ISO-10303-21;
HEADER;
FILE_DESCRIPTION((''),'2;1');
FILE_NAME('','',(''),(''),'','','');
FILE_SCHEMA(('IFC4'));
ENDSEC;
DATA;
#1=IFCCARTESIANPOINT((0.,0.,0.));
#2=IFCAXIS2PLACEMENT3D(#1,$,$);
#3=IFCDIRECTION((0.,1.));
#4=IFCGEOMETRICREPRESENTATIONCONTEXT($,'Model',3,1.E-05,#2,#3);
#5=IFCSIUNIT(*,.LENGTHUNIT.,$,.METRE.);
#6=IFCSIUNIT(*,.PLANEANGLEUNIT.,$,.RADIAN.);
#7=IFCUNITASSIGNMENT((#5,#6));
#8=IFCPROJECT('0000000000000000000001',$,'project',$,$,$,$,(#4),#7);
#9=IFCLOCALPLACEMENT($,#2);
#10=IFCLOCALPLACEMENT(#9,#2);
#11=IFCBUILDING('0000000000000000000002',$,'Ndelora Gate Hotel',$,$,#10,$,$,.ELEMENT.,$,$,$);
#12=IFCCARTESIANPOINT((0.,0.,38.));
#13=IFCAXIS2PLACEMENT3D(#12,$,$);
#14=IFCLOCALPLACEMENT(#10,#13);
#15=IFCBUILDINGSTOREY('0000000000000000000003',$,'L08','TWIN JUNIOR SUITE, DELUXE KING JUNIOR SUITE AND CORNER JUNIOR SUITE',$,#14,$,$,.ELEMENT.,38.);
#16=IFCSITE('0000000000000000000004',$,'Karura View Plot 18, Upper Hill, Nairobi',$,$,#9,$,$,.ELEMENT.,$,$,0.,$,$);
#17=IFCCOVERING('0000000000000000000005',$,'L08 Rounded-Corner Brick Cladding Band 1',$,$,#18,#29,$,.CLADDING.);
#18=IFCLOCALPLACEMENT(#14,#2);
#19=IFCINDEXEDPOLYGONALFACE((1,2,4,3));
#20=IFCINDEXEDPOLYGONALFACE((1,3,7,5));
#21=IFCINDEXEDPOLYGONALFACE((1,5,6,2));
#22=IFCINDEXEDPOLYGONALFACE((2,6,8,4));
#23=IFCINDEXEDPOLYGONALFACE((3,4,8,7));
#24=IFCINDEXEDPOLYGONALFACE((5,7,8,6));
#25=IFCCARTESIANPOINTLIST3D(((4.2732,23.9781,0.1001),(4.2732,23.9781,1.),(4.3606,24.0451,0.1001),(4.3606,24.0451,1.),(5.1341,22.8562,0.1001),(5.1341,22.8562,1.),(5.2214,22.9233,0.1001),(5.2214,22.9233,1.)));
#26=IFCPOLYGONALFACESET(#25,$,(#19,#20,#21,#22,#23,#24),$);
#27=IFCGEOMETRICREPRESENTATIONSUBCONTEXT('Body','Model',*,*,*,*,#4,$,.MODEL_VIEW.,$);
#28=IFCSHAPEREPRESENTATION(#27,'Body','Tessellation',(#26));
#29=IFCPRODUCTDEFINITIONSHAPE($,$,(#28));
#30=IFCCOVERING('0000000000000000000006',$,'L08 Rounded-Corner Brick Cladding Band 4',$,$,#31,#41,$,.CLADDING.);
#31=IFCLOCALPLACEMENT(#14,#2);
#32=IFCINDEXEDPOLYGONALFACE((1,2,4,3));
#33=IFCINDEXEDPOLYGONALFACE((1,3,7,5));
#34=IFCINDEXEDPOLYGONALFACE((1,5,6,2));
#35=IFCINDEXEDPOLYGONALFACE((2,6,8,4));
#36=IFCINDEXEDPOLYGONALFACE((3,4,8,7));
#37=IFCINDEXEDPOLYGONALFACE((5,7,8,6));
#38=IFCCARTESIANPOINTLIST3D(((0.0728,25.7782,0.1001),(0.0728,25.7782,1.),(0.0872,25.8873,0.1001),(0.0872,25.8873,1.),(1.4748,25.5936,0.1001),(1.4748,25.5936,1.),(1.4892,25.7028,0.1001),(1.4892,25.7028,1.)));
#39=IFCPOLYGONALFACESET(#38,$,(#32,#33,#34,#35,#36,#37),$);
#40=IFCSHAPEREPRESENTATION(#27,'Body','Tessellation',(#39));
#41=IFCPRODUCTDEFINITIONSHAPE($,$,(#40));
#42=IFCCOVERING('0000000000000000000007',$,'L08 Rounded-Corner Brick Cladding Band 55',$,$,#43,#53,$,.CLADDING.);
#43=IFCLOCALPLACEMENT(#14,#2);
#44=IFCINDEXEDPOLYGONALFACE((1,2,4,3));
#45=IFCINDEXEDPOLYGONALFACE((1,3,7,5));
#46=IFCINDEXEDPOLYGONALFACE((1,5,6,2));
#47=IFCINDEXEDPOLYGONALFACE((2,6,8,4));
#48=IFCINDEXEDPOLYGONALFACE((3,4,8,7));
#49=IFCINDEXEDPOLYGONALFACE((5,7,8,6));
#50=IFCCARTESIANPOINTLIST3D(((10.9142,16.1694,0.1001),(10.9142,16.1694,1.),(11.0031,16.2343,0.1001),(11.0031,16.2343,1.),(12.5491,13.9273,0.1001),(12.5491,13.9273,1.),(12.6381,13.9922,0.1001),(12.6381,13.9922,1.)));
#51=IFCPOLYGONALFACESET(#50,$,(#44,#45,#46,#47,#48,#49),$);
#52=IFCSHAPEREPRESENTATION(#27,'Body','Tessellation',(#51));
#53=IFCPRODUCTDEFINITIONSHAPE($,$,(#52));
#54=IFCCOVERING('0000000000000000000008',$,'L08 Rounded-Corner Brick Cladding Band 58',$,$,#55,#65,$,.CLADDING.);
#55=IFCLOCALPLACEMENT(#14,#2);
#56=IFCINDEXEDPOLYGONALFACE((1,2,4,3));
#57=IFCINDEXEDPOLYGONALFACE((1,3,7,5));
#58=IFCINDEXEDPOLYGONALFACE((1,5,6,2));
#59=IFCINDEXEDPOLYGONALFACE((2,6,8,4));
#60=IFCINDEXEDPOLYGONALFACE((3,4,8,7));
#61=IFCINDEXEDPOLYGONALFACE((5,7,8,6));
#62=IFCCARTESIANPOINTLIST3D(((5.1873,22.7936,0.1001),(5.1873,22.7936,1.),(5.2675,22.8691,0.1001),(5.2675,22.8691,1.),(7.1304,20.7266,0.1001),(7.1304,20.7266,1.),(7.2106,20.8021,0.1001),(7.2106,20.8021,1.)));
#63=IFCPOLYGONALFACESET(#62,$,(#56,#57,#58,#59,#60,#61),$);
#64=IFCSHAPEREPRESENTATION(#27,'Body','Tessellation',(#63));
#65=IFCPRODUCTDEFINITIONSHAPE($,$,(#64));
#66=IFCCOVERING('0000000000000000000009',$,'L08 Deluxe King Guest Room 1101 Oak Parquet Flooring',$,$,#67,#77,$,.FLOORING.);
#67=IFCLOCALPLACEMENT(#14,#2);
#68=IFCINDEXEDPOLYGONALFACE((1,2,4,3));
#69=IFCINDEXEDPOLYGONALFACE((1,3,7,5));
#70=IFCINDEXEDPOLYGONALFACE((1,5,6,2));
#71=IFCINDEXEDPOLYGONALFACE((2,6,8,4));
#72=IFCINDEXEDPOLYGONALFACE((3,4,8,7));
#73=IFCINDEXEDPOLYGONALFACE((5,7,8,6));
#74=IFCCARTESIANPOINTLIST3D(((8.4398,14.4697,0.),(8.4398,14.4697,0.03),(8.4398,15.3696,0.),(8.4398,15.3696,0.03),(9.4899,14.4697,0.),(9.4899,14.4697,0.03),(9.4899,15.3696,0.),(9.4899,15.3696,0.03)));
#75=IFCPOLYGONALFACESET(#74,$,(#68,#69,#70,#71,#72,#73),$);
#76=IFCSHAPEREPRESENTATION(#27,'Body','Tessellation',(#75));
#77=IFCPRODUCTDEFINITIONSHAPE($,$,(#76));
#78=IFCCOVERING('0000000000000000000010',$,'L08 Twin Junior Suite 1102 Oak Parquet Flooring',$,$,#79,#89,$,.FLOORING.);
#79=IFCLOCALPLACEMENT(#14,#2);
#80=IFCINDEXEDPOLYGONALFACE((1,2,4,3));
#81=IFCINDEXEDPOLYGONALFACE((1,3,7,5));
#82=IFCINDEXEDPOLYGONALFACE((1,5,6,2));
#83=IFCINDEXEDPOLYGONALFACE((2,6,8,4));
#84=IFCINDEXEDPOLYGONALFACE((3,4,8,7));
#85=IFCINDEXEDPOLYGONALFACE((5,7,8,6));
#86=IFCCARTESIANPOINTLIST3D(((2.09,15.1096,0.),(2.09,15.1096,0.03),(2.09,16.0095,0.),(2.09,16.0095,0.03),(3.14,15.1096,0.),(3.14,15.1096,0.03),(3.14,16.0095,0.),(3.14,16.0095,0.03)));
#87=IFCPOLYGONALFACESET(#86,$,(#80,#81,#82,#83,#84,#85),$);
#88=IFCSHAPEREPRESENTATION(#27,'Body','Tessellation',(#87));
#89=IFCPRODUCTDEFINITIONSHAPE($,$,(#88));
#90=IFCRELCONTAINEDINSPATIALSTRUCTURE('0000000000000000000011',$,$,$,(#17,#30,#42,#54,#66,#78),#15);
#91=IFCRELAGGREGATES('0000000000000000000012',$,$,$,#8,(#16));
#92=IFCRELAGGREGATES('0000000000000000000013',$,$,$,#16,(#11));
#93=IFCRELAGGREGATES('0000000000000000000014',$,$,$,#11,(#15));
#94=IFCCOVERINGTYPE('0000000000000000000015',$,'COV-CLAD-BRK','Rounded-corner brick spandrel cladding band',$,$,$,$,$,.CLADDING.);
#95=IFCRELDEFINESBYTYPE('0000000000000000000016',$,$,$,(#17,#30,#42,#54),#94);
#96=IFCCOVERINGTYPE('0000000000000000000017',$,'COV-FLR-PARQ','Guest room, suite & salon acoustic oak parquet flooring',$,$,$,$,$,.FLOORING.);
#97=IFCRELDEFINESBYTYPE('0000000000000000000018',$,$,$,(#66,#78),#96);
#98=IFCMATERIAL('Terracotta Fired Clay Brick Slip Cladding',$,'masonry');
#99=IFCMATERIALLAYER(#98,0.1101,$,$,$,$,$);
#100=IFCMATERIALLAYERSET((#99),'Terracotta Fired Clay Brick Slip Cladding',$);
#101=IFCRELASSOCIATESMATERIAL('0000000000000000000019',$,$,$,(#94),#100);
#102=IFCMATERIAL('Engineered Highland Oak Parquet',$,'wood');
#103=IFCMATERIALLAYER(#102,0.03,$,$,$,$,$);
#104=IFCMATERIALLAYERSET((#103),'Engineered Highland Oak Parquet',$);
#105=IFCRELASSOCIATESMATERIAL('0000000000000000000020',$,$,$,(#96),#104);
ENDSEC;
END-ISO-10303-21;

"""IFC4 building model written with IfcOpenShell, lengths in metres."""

from ifc_helpers import new_model, si_unit, direction, frame, origin, origin_2d, place, context, subcontext, project, spatial, rectangle, extrude, material, layer, layer_set, type_object, element, save


model = new_model("IFC4")

# Units and contexts
model_context = context("Model", 3, precision=1e-05, world=origin(), true_north=direction((0.0, 1.0)))
body_context = subcontext(model_context, "Body", "Model", "MODEL_VIEW")
ifc_project = project(units=[si_unit("LENGTHUNIT", "METRE"), si_unit("PLANEANGLEUNIT", "RADIAN")], contexts=[model_context])

# Site, building, storey
site_placement = place(None, origin())
site = spatial("IfcSite", under=ifc_project, at=site_placement, Name="Karura View Plot 18, Upper Hill, Nairobi", CompositionType="ELEMENT", RefElevation=0.0)
building_placement = place(site_placement, origin())
building = spatial("IfcBuilding", under=site, at=building_placement, Name="Ndelora Gate Hotel", CompositionType="ELEMENT")
storey_placement = place(building_placement, frame((0.0, 0.0, 38.0)))
storey = spatial("IfcBuildingStorey", under=building, at=storey_placement, Name="L08", Description="TWIN JUNIOR SUITE, DELUXE KING JUNIOR SUITE AND CORNER JUNIOR SUITE", CompositionType="ELEMENT", Elevation=38.0)

# Coverings
ifc_material_1 = material(Name="Terracotta Fired Clay Brick Slip Cladding", Category="masonry")
ifc_layer_1 = layer(ifc_material_1, 0.1101)
ifc_layer_set_1 = layer_set([ifc_layer_1], Name="Terracotta Fired Clay Brick Slip Cladding")
covering_type_1 = type_object("IfcCoveringType", Name="COV-CLAD-BRK", Description="Rounded-corner brick spandrel cladding band", PredefinedType="CLADDING", material=ifc_layer_set_1)
for number, where, z_axis, x_axis, name in (
    (1, (4.7473, 23.4507, 0.1001), (0.0, 0.0, 1.0), (-0.608761, 0.793353, 0.0), "L08 Rounded-Corner Brick Cladding Band 1"),
    (2, (0.781, 25.7405, 0.1001), (0.0, 0.0, 1.0), (-0.991445, 0.130526, 0.0), "L08 Rounded-Corner Brick Cladding Band 4"),
):
    element("IfcCovering", number, at=place(storey_placement, frame(where, z_axis=z_axis, x_axis=x_axis)), inside=storey, type_object=covering_type_1, Name=name, PredefinedType="CLADDING", context=body_context, shape_type="SweptSolid", body=[
        extrude(rectangle(XDim=1.4141, YDim=0.1101, at=origin_2d()), origin(), (0.0, 0.0, 1.0), 0.8999),
    ])
covering_1_placement = place(storey_placement, frame((11.7761, 15.0808, 0.1001), z_axis=(0.0, 0.0, 1.0), x_axis=(-0.589196, 0.80799, 0.0)))
element("IfcCovering", 3, at=covering_1_placement, inside=storey, type_object=covering_type_1, Name="L08 Rounded-Corner Brick Cladding Band 55", PredefinedType="CLADDING", context=body_context, shape_type="SweptSolid", body=[
    extrude(rectangle(XDim=2.7749, YDim=0.1101, at=origin_2d()), origin(), (0.0, 0.0, 1.0), 0.8999),
])
covering_2_placement = place(storey_placement, frame((6.199, 21.7979, 0.1001), z_axis=(0.0, 0.0, 1.0), x_axis=(-0.684929, 0.72861, 0.0)))
element("IfcCovering", 4, at=covering_2_placement, inside=storey, type_object=covering_type_1, Name="L08 Rounded-Corner Brick Cladding Band 58", PredefinedType="CLADDING", context=body_context, shape_type="SweptSolid", body=[
    extrude(rectangle(XDim=2.8369, YDim=0.1101, at=origin_2d()), origin(), (0.0, 0.0, 1.0), 0.8999),
])
ifc_material_2 = material(Name="Engineered Highland Oak Parquet", Category="wood")
ifc_layer_2 = layer(ifc_material_2, 0.03)
ifc_layer_set_2 = layer_set([ifc_layer_2], Name="Engineered Highland Oak Parquet")
covering_type_2 = type_object("IfcCoveringType", Name="COV-FLR-PARQ", Description="Guest room, suite & salon acoustic oak parquet flooring", PredefinedType="FLOORING", material=ifc_layer_set_2)
for number, where, z_axis, x_axis, name in (
    (5, (8.9648, 14.9197, 0.0), (0.0, 0.0, 1.0), (1.0, 0.0, 0.0), "L08 Deluxe King Guest Room 1101 Oak Parquet Flooring"),
    (6, (2.615, 15.5596, 0.0), (0.0, 0.0, 1.0), (1.0, 0.0, 0.0), "L08 Twin Junior Suite 1102 Oak Parquet Flooring"),
):
    element("IfcCovering", number, at=place(storey_placement, frame(where, z_axis=z_axis, x_axis=x_axis)), inside=storey, type_object=covering_type_2, Name=name, PredefinedType="FLOORING", context=body_context, shape_type="SweptSolid", body=[
        extrude(rectangle(XDim=1.05, YDim=0.8999, at=origin_2d()), origin(), (0.0, 0.0, 1.0), 0.03),
    ])

save(model, "model.ifc")
